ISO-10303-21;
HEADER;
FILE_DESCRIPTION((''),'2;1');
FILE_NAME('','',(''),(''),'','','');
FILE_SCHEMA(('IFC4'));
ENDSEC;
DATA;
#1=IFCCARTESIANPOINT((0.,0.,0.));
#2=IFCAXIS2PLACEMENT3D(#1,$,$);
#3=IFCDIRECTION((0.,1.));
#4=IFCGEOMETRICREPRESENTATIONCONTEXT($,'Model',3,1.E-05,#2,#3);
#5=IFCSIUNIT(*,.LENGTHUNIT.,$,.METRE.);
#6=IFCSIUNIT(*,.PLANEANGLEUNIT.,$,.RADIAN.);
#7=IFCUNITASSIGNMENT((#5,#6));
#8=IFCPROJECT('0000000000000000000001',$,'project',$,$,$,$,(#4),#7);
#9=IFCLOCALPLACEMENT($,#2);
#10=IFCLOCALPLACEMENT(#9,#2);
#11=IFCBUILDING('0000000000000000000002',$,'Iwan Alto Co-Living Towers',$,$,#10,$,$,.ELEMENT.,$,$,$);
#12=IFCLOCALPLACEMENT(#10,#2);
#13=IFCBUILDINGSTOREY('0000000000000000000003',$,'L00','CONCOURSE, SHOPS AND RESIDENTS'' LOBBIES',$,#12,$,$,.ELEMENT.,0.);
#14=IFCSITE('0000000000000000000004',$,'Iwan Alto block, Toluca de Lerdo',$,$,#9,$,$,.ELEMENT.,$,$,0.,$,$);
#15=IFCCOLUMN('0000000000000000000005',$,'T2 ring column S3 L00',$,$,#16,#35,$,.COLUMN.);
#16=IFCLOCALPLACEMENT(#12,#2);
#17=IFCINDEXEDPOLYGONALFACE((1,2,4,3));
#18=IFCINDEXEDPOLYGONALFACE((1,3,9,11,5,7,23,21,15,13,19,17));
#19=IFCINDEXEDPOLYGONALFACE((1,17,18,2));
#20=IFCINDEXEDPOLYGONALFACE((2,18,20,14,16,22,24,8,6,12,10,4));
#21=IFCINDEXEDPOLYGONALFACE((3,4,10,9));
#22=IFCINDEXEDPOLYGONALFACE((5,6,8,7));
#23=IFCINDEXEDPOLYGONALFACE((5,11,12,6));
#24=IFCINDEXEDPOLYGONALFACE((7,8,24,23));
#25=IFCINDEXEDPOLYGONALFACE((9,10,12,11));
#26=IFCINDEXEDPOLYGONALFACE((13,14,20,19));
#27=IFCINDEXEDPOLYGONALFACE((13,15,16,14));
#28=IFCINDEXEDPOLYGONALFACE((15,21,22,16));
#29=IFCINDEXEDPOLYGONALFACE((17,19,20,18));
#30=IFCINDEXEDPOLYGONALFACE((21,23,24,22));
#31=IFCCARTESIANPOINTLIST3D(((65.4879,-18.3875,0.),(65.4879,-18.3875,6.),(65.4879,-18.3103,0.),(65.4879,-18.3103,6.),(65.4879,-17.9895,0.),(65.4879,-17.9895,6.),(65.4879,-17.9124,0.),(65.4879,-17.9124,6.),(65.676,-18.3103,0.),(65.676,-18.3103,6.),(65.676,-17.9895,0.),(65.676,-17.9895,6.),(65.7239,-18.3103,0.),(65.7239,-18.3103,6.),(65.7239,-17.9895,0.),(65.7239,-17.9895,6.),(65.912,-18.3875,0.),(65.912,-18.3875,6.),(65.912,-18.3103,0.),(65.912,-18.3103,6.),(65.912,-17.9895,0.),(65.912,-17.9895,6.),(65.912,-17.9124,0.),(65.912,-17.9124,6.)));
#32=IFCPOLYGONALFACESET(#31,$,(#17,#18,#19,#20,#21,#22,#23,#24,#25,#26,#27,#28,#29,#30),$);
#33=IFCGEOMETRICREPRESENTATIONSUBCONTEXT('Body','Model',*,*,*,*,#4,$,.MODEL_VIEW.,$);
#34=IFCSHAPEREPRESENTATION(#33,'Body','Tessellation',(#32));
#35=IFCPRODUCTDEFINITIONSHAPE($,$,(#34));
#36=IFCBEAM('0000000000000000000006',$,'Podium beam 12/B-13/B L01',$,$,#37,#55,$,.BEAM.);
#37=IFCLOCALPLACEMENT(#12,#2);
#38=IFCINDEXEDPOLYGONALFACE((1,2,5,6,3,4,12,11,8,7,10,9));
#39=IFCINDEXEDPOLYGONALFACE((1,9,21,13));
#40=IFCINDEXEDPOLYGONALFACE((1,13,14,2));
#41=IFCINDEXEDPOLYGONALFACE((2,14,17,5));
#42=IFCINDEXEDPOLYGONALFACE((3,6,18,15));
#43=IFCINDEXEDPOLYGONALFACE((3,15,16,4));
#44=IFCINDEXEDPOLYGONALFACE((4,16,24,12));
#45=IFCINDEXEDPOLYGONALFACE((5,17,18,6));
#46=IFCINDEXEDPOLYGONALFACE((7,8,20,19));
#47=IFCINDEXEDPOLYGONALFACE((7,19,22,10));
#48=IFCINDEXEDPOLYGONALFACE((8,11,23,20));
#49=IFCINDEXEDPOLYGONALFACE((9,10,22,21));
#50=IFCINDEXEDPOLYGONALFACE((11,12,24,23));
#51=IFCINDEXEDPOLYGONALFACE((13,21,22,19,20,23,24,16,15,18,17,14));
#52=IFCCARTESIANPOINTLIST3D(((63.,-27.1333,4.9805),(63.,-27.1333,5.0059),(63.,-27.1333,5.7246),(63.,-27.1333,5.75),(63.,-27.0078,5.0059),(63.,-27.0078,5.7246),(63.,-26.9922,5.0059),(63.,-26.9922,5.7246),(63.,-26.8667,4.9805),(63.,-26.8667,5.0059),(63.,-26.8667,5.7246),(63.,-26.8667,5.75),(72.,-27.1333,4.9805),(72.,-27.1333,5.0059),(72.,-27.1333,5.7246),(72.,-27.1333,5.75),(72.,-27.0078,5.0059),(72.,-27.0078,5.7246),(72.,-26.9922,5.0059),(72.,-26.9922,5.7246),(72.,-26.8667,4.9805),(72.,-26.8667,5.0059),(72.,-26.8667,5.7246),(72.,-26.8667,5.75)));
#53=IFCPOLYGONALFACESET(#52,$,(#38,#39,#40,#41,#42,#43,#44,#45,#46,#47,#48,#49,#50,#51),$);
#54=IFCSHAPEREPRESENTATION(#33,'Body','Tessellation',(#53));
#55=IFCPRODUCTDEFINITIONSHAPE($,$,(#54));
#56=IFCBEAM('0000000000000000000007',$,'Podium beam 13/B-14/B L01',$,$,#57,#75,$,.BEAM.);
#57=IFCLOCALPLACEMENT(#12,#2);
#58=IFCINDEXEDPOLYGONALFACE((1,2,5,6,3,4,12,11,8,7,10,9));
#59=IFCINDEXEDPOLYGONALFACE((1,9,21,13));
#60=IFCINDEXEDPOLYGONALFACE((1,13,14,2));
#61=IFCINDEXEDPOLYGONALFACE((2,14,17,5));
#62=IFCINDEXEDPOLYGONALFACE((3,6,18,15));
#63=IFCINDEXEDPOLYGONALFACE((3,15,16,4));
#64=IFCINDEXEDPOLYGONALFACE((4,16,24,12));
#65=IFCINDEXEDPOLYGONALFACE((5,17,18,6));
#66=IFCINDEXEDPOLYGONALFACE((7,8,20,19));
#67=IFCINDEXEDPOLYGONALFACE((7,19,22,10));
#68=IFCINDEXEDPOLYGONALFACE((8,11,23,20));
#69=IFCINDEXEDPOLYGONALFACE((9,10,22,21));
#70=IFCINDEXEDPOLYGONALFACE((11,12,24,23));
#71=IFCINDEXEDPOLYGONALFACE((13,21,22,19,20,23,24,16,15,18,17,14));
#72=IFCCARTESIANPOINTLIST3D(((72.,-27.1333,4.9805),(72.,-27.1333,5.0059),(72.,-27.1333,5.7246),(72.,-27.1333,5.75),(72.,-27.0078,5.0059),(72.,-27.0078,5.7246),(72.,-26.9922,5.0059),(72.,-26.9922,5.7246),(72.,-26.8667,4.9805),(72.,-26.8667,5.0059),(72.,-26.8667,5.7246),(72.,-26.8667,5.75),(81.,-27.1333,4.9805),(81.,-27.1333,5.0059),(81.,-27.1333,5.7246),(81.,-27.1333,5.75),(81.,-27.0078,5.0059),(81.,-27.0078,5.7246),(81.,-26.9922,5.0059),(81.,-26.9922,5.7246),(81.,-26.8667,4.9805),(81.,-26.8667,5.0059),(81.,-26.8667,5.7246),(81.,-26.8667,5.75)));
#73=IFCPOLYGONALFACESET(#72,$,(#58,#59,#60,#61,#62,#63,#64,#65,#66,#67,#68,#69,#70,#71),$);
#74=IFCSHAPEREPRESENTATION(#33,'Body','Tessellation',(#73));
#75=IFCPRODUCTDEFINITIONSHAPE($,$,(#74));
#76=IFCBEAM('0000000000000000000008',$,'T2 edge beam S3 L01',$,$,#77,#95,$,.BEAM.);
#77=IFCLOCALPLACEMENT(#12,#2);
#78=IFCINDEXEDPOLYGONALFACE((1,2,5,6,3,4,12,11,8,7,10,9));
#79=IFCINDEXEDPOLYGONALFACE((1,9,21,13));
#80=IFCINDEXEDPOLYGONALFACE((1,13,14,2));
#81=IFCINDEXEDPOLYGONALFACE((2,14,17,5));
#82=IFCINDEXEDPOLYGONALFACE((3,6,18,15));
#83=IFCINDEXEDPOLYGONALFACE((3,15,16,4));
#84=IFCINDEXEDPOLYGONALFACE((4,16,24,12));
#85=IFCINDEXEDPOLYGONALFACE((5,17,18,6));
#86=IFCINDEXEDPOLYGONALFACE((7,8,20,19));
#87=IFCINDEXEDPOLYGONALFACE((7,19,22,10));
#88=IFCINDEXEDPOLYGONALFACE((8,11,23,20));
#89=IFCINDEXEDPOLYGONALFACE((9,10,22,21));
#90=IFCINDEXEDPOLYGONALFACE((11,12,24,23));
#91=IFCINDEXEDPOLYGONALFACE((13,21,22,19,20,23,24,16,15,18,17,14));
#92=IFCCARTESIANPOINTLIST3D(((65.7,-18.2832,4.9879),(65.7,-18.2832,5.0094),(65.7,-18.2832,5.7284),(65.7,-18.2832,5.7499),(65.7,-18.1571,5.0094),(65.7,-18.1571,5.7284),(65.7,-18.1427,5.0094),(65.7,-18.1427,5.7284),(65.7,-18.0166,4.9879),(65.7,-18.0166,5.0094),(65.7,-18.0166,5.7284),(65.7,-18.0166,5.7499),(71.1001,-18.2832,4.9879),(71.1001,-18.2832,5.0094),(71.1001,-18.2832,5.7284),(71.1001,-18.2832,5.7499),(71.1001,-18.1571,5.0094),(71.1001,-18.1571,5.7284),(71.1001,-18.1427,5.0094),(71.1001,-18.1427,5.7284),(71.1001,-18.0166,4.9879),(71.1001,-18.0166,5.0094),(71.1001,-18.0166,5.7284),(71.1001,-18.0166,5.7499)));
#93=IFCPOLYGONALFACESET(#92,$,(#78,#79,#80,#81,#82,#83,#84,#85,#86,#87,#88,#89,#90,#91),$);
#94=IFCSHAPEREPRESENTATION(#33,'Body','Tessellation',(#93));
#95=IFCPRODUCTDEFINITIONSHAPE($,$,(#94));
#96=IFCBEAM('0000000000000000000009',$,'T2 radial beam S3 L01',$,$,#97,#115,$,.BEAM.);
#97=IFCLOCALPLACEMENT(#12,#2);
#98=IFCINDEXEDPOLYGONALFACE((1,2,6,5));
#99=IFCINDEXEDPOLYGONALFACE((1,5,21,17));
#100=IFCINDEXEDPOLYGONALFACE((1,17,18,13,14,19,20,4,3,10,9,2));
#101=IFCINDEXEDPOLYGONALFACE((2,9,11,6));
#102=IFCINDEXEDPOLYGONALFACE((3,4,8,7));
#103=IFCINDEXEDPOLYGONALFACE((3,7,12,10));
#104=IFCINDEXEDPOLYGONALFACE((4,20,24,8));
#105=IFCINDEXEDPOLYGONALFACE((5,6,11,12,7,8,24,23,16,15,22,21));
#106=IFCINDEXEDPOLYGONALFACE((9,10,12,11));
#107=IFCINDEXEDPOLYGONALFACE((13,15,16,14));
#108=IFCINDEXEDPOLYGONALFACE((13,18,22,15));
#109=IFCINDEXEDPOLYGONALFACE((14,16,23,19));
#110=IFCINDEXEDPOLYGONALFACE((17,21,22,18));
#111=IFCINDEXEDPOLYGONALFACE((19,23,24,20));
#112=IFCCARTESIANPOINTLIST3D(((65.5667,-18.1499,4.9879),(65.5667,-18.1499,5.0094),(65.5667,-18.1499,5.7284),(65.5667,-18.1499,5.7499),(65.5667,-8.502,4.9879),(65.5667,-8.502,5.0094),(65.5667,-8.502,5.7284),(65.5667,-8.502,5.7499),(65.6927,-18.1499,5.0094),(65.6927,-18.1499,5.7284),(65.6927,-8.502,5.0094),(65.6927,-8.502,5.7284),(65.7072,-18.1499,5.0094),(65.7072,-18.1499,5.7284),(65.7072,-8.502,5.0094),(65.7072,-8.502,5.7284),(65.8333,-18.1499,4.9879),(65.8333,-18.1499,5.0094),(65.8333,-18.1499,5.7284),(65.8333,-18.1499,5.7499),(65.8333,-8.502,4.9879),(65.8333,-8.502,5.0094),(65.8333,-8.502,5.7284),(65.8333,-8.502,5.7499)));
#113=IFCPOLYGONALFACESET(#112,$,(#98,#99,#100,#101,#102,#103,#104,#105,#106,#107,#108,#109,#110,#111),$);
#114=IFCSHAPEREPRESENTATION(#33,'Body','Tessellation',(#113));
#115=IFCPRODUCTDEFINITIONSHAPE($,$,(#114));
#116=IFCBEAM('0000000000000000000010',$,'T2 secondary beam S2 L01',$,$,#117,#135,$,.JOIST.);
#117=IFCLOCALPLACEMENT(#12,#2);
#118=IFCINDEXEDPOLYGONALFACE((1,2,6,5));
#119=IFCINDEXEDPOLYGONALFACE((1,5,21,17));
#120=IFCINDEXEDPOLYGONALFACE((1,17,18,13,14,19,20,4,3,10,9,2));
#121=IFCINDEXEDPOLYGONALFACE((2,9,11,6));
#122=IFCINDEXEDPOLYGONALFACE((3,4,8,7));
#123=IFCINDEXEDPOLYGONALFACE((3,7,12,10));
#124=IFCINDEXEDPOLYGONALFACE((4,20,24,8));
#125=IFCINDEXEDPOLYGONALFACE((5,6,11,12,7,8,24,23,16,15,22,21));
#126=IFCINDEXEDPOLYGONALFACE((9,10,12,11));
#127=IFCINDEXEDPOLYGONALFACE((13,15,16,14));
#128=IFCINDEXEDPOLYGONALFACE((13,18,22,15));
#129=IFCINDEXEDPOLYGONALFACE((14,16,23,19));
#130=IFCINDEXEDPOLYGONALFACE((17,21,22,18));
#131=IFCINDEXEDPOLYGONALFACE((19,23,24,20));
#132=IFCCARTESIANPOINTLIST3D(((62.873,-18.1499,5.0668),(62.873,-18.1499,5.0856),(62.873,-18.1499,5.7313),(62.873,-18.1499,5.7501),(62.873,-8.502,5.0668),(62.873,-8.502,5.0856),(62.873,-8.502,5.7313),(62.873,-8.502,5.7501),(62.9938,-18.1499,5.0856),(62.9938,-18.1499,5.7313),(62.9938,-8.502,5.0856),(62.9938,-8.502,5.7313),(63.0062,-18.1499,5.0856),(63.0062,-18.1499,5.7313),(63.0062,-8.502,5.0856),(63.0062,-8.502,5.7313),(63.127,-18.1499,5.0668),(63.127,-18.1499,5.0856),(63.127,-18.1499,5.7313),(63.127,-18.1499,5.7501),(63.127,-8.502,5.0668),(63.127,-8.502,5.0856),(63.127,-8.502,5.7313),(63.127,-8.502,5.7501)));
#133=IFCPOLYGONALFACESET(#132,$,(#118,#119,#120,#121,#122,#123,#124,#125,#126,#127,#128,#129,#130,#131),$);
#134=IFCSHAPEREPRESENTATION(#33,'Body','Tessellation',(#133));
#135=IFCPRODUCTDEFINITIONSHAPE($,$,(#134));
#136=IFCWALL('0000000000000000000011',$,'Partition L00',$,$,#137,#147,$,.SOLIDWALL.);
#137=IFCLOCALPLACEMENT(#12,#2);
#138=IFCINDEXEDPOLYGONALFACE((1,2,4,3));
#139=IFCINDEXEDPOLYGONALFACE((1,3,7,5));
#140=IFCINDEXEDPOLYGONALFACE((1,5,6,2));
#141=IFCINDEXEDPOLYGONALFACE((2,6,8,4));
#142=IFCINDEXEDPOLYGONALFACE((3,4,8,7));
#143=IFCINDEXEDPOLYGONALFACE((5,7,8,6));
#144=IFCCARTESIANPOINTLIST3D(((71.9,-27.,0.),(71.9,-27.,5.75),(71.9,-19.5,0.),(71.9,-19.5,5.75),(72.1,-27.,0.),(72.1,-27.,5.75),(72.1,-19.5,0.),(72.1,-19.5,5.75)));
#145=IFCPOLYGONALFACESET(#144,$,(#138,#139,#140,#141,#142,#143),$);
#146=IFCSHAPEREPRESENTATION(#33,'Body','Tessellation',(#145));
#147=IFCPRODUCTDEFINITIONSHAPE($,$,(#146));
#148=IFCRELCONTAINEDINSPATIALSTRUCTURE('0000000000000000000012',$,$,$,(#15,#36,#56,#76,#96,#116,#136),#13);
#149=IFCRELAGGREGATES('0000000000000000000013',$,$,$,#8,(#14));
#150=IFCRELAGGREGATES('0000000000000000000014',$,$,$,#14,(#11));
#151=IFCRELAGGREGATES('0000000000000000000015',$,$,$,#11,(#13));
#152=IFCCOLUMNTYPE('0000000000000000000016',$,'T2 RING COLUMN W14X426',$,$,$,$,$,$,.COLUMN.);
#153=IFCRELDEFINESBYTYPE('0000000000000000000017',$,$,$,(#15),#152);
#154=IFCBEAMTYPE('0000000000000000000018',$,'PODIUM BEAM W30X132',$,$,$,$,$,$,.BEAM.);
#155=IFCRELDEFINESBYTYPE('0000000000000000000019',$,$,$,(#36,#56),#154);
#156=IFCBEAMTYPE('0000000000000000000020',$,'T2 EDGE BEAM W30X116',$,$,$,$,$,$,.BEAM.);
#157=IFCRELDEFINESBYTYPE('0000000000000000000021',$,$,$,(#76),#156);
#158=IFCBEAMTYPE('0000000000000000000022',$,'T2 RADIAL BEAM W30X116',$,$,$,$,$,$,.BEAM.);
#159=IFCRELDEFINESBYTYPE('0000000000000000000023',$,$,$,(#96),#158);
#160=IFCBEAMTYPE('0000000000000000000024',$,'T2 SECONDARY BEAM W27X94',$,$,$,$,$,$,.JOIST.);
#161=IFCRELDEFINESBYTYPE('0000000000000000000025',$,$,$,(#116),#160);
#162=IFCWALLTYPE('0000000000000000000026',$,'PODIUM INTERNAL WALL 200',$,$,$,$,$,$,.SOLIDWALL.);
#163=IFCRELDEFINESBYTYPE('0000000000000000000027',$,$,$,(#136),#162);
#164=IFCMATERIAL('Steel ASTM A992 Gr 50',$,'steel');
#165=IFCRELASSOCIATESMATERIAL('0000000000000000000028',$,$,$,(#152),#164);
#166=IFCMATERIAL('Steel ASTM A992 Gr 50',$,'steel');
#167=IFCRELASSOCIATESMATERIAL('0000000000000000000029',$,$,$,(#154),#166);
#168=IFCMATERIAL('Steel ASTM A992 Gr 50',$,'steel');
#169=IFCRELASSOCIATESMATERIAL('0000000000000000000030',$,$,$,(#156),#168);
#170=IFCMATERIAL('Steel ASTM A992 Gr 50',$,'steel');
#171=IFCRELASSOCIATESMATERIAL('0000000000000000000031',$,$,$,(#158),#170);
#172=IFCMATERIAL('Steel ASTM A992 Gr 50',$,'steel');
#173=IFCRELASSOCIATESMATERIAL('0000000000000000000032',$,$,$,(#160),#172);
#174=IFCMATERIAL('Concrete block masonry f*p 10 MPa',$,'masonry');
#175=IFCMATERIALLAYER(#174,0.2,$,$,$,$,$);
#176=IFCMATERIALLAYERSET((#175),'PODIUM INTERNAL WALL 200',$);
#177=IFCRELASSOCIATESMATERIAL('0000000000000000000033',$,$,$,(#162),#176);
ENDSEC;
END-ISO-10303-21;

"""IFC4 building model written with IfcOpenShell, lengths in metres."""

from ifc_helpers import new_model, si_unit, direction, frame, frame_2d, origin, origin_2d, place, context, subcontext, project, spatial, rectangle, i_section, extrude, material, layer, layer_set, material_profile, profile_set, type_object, element, save


model = new_model("IFC4")

# Units and contexts
model_context = context("Model", 3, precision=1e-05, world=origin(), true_north=direction((0.0, 1.0)))
body_context = subcontext(model_context, "Body", "Model", "MODEL_VIEW")
ifc_project = project(units=[si_unit("LENGTHUNIT", "METRE"), si_unit("PLANEANGLEUNIT", "RADIAN")], contexts=[model_context])

# Site, building, storey
site_placement = place(None, origin())
site = spatial("IfcSite", under=ifc_project, at=site_placement, Name="Iwan Alto block, Toluca de Lerdo", CompositionType="ELEMENT", RefElevation=0.0)
building_placement = place(site_placement, origin())
building = spatial("IfcBuilding", under=site, at=building_placement, Name="Iwan Alto Co-Living Towers", CompositionType="ELEMENT")
storey_placement = place(building_placement, origin())
storey = spatial("IfcBuildingStorey", under=building, at=storey_placement, Name="L00", Description="CONCOURSE, SHOPS AND RESIDENTS' LOBBIES", CompositionType="ELEMENT", Elevation=0.0)

# Column
ifc_material_1 = material(Name="Steel ASTM A992 Gr 50", Category="steel")
ifc_material_profile_1 = material_profile(ifc_material_1, i_section(OverallWidth=0.4241, OverallDepth=0.4751, WebThickness=0.0479, FlangeThickness=0.0771, at=origin_2d()), Name="W14X426")
ifc_profile_set_1 = profile_set([ifc_material_profile_1], Name="Steel ASTM A992 Gr 50")
column_type_1 = type_object("IfcColumnType", Name="T2 RING COLUMN W14X426", PredefinedType="COLUMN", material=ifc_profile_set_1)
column_placement = place(storey_placement, frame((65.7, -18.1499, 0.0), z_axis=(0.0, 0.0, 1.0), x_axis=(1.0, 0.0, 0.0)))
element("IfcColumn", 1, at=column_placement, inside=storey, type_object=column_type_1, Name="T2 ring column S3 L00", PredefinedType="COLUMN", context=body_context, shape_type="SweptSolid", body=[
    extrude(i_section(OverallWidth=0.4241, OverallDepth=0.4751, WebThickness=0.0479, FlangeThickness=0.0771, at=origin_2d()), origin(), (0.0, 0.0, 1.0), 6.0),
])

# Beams
ifc_material_2 = material(Name="Steel ASTM A992 Gr 50", Category="steel")
ifc_material_profile_2 = material_profile(ifc_material_2, i_section(OverallWidth=0.2666, OverallDepth=0.7695, WebThickness=0.0156, FlangeThickness=0.0254, at=origin_2d()), Name="W30X132")
ifc_profile_set_2 = profile_set([ifc_material_profile_2], Name="Steel ASTM A992 Gr 50")
beam_type_1 = type_object("IfcBeamType", Name="PODIUM BEAM W30X132", PredefinedType="BEAM", material=ifc_profile_set_2)
for number, where, z_axis, x_axis, name in (
    (2, (63.0, -27.0, 5.3652), (1.0, 0.0, 0.0), (0.0, 1.0, 0.0), "Podium beam 12/B-13/B L01"),
    (3, (72.0, -27.0, 5.3652), (1.0, 0.0, 0.0), (0.0, 1.0, 0.0), "Podium beam 13/B-14/B L01"),
):
    element("IfcBeam", number, at=place(storey_placement, frame(where, z_axis=z_axis, x_axis=x_axis)), inside=storey, type_object=beam_type_1, Name=name, PredefinedType="BEAM", context=body_context, shape_type="SweptSolid", body=[
        extrude(i_section(OverallWidth=0.2666, OverallDepth=0.7695, WebThickness=0.0156, FlangeThickness=0.0254, at=origin_2d()), origin(), (0.0, 0.0, 1.0), 9.0),
    ])
ifc_material_3 = material(Name="Steel ASTM A992 Gr 50", Category="steel")
ifc_material_profile_3 = material_profile(ifc_material_3, i_section(OverallWidth=0.2666, OverallDepth=0.762, WebThickness=0.0144, FlangeThickness=0.0215, at=origin_2d()), Name="W30X116")
ifc_profile_set_3 = profile_set([ifc_material_profile_3], Name="Steel ASTM A992 Gr 50")
beam_type_2 = type_object("IfcBeamType", Name="T2 EDGE BEAM W30X116", PredefinedType="BEAM", material=ifc_profile_set_3)
beam_1_placement = place(storey_placement, frame((65.7, -18.1499, 5.3689), z_axis=(1.0, 0.0, 0.0), x_axis=(0.0, 1.0, 0.0)))
element("IfcBeam", 4, at=beam_1_placement, inside=storey, type_object=beam_type_2, Name="T2 edge beam S3 L01", PredefinedType="BEAM", context=body_context, shape_type="SweptSolid", body=[
    extrude(i_section(OverallWidth=0.2666, OverallDepth=0.762, WebThickness=0.0144, FlangeThickness=0.0215, at=origin_2d()), origin(), (0.0, 0.0, 1.0), 5.4001),
])
ifc_material_4 = material(Name="Steel ASTM A992 Gr 50", Category="steel")
ifc_material_profile_4 = material_profile(ifc_material_4, i_section(OverallWidth=0.2666, OverallDepth=0.762, WebThickness=0.0144, FlangeThickness=0.0215, at=origin_2d()), Name="W30X116")
ifc_profile_set_4 = profile_set([ifc_material_profile_4], Name="Steel ASTM A992 Gr 50")
beam_type_3 = type_object("IfcBeamType", Name="T2 RADIAL BEAM W30X116", PredefinedType="BEAM", material=ifc_profile_set_4)
beam_2_placement = place(storey_placement, frame((65.7, -18.1499, 5.3689), z_axis=(0.0, 1.0, 0.0), x_axis=(-1.0, 0.0, 0.0)))
element("IfcBeam", 5, at=beam_2_placement, inside=storey, type_object=beam_type_3, Name="T2 radial beam S3 L01", PredefinedType="BEAM", context=body_context, shape_type="SweptSolid", body=[
    extrude(i_section(OverallWidth=0.2666, OverallDepth=0.762, WebThickness=0.0144, FlangeThickness=0.0215, at=origin_2d()), origin(), (0.0, 0.0, 1.0), 9.6479),
])
ifc_material_5 = material(Name="Steel ASTM A992 Gr 50", Category="steel")
ifc_material_profile_5 = material_profile(ifc_material_5, i_section(OverallWidth=0.2539, OverallDepth=0.6833, WebThickness=0.0125, FlangeThickness=0.0188, at=origin_2d()), Name="W27X94")
ifc_profile_set_5 = profile_set([ifc_material_profile_5], Name="Steel ASTM A992 Gr 50")
beam_type_4 = type_object("IfcBeamType", Name="T2 SECONDARY BEAM W27X94", PredefinedType="JOIST", material=ifc_profile_set_5)
beam_3_placement = place(storey_placement, frame((63.0, -18.1499, 5.4084), z_axis=(0.0, 1.0, 0.0), x_axis=(-1.0, 0.0, 0.0)))
element("IfcBeam", 6, at=beam_3_placement, inside=storey, type_object=beam_type_4, Name="T2 secondary beam S2 L01", PredefinedType="JOIST", context=body_context, shape_type="SweptSolid", body=[
    extrude(i_section(OverallWidth=0.2539, OverallDepth=0.6833, WebThickness=0.0125, FlangeThickness=0.0188, at=origin_2d()), origin(), (0.0, 0.0, 1.0), 9.6479),
])

# Wall
ifc_material_6 = material(Name="Concrete block masonry f*p 10 MPa", Category="masonry")
ifc_layer = layer(ifc_material_6, 0.2)
ifc_layer_set = layer_set([ifc_layer], Name="PODIUM INTERNAL WALL 200")
wall_type = type_object("IfcWallType", Name="PODIUM INTERNAL WALL 200", PredefinedType="SOLIDWALL", material=ifc_layer_set)
wall_placement = place(storey_placement, frame((72.0, -27.0, 0.0), z_axis=(0.0, 0.0, 1.0), x_axis=(0.0, 1.0, 0.0)))
element("IfcWall", 7, at=wall_placement, inside=storey, type_object=wall_type, Name="Partition L00", PredefinedType="SOLIDWALL", context=body_context, shape_type="SweptSolid", body=[
    extrude(rectangle(XDim=7.5, YDim=0.2, at=frame_2d((3.75, 0.0))), origin(), (0.0, 0.0, 1.0), 5.75),
])

save(model, "model.ifc")
